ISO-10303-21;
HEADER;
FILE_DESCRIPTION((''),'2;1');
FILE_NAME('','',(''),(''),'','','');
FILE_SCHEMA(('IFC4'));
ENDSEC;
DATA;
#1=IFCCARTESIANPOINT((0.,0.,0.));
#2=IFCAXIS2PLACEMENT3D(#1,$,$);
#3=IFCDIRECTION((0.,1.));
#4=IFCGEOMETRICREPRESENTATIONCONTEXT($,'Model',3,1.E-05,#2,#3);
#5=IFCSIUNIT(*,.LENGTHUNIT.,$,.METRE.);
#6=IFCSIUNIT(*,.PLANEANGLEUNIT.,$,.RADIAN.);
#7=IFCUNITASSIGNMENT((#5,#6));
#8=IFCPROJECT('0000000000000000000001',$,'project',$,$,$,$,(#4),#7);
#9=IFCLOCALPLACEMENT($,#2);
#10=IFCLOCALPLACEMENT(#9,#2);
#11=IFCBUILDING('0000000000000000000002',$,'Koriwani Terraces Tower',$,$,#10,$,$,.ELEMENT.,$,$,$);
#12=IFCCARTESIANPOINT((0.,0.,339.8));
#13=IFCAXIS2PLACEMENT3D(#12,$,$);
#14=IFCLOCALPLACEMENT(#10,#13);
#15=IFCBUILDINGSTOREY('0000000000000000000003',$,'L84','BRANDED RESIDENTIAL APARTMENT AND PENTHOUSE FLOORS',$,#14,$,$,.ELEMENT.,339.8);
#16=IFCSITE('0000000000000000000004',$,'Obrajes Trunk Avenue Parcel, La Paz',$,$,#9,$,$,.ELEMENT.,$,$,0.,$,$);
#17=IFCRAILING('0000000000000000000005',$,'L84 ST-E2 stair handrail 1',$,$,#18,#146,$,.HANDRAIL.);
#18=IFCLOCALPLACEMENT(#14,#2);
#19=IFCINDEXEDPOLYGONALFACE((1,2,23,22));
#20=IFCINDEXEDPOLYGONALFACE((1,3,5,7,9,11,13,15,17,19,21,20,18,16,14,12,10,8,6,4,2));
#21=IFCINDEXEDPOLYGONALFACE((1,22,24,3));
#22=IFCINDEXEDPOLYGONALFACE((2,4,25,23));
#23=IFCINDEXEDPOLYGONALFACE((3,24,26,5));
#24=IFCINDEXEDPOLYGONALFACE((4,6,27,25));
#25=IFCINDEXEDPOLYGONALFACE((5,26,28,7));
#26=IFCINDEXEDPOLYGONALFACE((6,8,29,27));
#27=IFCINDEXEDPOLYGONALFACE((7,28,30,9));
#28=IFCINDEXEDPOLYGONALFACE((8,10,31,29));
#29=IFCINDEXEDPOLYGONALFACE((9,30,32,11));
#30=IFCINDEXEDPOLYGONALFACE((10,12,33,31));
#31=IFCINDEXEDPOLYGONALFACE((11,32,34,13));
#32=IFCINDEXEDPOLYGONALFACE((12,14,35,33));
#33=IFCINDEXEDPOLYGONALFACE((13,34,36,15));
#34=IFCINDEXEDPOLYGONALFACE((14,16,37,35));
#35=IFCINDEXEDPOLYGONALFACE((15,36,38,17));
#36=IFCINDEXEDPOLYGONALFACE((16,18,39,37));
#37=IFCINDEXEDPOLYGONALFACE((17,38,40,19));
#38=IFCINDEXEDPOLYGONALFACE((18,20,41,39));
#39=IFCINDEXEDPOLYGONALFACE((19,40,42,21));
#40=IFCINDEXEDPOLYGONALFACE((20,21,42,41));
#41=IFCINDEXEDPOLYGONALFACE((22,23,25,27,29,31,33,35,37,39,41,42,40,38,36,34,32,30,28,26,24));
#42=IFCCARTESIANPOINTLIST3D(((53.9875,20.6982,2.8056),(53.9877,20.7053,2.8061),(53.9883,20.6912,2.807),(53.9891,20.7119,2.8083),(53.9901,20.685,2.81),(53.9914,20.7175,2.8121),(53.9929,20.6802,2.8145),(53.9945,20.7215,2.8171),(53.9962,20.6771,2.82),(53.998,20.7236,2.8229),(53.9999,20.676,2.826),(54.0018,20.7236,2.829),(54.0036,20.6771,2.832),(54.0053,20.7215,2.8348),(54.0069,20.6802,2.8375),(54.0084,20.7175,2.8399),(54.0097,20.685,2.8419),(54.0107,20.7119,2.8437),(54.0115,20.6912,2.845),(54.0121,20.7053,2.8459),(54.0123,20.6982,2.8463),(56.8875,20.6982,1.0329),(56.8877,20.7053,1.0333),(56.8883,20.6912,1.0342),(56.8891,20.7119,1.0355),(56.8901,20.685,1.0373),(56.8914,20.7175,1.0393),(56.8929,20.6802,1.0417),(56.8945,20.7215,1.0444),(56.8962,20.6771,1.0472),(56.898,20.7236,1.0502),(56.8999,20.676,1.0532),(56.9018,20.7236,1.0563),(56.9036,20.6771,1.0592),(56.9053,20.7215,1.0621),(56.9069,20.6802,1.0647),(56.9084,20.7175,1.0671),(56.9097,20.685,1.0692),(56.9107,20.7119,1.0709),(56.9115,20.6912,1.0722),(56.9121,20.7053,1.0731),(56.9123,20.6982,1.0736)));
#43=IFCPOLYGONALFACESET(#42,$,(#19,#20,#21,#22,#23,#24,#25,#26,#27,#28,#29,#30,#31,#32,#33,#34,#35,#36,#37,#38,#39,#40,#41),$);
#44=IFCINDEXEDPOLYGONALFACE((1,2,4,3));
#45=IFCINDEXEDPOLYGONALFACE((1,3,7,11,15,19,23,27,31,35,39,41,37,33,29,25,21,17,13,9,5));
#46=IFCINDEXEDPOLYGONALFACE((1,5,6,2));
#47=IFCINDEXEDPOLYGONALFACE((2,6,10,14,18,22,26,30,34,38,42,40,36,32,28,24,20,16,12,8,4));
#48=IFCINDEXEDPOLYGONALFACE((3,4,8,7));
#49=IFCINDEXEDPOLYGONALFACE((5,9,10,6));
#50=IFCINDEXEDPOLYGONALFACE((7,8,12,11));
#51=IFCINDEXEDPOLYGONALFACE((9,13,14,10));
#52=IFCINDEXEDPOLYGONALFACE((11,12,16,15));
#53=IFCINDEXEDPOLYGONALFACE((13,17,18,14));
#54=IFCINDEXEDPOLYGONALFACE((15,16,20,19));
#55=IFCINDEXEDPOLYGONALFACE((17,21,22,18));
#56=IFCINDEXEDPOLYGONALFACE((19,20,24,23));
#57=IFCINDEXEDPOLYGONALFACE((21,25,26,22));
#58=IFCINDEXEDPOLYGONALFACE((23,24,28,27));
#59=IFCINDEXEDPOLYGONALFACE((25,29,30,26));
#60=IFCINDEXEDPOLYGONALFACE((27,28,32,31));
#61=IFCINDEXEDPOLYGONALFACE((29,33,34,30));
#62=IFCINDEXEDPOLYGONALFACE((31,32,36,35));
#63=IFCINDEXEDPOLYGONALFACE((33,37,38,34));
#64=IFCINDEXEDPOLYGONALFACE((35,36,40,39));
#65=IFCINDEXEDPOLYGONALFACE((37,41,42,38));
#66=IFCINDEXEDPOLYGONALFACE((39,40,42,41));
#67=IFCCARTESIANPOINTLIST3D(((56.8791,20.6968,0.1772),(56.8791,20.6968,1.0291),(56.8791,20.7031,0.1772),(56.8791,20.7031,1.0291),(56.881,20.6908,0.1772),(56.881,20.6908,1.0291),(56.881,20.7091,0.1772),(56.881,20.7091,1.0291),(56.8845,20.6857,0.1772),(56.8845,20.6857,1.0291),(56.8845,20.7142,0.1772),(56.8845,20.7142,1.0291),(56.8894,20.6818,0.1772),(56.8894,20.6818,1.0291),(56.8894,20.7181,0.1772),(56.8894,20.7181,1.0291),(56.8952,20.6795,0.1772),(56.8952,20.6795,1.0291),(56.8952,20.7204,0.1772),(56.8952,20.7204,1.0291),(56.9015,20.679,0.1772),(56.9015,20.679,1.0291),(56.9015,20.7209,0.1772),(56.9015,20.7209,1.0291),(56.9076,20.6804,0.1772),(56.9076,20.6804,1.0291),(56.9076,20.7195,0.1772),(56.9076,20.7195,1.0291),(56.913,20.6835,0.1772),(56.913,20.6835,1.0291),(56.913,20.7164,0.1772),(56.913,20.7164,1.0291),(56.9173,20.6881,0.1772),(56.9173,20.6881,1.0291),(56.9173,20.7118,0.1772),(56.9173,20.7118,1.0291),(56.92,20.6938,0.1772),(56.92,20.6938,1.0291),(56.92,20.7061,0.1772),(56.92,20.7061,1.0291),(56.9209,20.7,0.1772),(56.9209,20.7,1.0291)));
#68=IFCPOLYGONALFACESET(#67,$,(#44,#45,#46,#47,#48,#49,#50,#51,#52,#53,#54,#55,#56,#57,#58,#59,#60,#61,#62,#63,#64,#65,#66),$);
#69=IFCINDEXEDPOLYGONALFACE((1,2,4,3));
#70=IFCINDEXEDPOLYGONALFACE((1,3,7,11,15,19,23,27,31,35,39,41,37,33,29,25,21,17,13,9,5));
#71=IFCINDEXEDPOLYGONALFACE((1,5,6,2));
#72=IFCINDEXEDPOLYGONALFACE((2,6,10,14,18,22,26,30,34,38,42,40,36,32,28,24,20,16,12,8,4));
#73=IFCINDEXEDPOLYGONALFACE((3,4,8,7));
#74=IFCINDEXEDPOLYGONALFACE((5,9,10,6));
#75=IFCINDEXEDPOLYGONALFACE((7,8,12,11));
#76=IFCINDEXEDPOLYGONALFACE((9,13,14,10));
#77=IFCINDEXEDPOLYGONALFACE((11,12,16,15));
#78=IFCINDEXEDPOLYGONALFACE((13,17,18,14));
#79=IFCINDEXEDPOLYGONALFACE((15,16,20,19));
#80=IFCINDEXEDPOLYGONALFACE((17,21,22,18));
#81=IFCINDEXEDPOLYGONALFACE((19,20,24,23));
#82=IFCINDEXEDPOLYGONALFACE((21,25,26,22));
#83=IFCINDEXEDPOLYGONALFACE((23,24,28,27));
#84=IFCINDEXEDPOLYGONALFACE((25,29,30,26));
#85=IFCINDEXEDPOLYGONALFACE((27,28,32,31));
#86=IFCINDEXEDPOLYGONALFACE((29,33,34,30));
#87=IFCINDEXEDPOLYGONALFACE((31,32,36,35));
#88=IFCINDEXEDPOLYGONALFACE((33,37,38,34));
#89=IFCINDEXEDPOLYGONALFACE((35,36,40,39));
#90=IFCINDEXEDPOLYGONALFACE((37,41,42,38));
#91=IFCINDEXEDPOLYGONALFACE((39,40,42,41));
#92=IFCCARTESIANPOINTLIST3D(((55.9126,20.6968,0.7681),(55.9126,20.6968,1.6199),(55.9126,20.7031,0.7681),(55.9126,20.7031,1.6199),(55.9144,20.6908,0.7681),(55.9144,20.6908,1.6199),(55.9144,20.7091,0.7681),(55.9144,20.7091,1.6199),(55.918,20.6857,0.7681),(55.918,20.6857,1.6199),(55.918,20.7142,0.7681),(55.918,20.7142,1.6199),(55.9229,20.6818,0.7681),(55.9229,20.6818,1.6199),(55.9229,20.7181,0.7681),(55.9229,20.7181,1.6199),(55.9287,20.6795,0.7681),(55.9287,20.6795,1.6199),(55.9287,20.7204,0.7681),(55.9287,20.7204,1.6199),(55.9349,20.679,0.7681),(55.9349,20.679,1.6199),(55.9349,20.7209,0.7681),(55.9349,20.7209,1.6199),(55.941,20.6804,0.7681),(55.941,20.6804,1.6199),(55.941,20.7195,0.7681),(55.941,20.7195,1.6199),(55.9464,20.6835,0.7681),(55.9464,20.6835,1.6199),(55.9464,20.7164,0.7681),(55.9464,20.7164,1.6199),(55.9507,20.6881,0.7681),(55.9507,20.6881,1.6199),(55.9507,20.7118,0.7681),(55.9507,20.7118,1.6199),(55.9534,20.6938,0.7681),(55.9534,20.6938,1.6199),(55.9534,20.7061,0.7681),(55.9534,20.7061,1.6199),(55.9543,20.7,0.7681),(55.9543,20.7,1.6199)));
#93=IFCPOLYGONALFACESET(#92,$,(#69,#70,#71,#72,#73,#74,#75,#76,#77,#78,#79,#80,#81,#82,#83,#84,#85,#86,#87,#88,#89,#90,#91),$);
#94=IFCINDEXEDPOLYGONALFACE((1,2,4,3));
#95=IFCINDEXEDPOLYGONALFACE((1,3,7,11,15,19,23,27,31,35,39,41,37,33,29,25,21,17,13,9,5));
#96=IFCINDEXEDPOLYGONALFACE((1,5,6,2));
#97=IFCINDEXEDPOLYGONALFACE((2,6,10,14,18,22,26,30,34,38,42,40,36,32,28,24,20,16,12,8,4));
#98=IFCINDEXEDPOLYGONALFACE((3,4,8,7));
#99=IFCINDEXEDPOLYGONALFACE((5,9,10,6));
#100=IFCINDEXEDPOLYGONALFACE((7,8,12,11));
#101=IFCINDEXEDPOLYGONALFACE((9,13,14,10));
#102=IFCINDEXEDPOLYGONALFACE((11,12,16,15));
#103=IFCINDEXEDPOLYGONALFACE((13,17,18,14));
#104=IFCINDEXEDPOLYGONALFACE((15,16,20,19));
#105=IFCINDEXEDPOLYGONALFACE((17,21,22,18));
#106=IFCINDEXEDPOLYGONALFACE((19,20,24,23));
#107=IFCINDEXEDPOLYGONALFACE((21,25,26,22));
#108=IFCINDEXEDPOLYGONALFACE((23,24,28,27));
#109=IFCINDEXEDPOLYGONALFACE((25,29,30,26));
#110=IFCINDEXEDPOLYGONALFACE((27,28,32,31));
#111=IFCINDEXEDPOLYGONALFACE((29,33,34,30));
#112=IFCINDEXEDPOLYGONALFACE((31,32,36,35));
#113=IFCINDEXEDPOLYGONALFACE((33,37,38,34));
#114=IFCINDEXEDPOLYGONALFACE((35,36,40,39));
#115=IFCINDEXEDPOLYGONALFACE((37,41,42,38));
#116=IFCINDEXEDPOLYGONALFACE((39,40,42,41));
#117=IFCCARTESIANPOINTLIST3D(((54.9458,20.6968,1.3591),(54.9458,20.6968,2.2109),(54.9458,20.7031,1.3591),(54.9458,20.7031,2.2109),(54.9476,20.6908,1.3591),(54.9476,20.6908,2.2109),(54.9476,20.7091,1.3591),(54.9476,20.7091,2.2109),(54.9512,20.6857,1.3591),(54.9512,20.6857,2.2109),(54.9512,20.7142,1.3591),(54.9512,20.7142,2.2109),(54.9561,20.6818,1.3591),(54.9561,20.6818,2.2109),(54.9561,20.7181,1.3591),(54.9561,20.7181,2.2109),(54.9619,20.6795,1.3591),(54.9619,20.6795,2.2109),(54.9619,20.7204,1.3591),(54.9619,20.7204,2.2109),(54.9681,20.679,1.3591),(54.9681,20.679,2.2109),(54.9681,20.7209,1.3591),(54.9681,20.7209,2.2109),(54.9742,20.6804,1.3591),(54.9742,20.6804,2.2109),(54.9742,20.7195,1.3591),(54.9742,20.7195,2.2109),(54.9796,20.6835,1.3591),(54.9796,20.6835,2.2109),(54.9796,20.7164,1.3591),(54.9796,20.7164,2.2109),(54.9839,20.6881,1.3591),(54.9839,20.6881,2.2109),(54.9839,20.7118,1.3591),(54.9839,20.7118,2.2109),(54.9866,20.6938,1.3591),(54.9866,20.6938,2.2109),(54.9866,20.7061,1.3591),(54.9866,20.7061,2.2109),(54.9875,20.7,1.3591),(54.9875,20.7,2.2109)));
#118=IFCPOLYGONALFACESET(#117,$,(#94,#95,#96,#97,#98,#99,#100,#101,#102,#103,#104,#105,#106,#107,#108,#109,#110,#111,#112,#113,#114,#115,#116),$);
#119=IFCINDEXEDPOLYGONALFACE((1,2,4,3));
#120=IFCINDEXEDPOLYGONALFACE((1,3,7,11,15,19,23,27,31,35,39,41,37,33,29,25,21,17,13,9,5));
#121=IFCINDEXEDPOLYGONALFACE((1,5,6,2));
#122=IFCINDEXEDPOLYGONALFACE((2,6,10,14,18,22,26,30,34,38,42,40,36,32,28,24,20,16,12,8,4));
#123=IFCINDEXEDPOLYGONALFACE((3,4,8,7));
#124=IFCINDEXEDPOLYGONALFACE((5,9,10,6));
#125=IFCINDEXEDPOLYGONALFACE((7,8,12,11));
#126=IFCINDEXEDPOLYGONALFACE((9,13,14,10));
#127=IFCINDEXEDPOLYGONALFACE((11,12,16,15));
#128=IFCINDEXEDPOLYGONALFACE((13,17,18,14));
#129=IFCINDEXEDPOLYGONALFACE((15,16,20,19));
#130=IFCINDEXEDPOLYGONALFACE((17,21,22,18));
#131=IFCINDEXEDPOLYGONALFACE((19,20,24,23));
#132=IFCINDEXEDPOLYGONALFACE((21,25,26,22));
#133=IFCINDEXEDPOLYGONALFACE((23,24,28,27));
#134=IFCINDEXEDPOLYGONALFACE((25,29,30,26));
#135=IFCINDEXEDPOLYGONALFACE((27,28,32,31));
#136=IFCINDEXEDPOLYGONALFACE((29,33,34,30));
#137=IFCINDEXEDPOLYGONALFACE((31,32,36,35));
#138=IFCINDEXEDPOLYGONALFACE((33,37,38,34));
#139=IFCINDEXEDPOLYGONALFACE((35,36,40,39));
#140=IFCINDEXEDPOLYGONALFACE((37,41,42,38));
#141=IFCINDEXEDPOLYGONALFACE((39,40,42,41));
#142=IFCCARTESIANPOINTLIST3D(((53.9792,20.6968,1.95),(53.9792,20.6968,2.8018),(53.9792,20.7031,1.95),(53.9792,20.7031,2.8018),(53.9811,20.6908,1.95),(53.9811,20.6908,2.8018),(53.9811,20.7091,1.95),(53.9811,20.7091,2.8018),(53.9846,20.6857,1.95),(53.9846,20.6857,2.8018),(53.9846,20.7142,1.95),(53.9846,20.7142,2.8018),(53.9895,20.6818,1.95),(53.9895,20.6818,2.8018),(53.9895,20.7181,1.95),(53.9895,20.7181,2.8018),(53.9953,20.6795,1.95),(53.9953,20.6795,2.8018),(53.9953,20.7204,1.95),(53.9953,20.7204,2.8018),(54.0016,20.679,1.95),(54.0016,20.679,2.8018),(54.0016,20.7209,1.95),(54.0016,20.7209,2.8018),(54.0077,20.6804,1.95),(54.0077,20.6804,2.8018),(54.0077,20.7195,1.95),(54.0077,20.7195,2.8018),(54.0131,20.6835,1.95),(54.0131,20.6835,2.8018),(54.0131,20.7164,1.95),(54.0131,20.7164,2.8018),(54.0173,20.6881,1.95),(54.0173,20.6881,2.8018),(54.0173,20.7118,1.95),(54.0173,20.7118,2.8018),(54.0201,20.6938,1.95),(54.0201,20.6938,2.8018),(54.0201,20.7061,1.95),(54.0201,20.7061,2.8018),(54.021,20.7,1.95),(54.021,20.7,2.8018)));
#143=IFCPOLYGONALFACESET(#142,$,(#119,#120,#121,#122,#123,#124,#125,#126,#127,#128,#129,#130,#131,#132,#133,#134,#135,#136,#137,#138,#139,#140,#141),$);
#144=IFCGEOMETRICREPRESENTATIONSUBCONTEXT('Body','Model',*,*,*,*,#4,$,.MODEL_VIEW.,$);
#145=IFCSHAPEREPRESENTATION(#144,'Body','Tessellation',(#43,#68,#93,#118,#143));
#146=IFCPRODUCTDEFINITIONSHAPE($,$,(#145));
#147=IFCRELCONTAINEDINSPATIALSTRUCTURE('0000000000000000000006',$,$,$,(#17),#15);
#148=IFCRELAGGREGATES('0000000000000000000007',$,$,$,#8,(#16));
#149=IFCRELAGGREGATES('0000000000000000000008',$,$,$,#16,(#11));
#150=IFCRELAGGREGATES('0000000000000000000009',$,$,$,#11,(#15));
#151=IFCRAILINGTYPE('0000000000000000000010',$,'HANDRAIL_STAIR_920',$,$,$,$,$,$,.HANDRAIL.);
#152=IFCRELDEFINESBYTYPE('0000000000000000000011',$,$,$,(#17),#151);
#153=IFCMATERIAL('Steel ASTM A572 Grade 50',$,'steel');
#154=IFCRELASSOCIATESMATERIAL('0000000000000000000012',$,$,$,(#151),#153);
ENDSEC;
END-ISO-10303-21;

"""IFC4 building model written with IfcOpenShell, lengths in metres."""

from ifc_helpers import new_model, si_unit, direction, frame, origin, origin_2d, place, context, subcontext, project, spatial, circle, extrude, material, type_object, element, save


model = new_model("IFC4")

# Units and contexts
model_context = context("Model", 3, precision=1e-05, world=origin(), true_north=direction((0.0, 1.0)))
body_context = subcontext(model_context, "Body", "Model", "MODEL_VIEW")
ifc_project = project(units=[si_unit("LENGTHUNIT", "METRE"), si_unit("PLANEANGLEUNIT", "RADIAN")], contexts=[model_context])

# Site, building, storey
site_placement = place(None, origin())
site = spatial("IfcSite", under=ifc_project, at=site_placement, Name="Obrajes Trunk Avenue Parcel, La Paz", CompositionType="ELEMENT", RefElevation=0.0)
building_placement = place(site_placement, origin())
building = spatial("IfcBuilding", under=site, at=building_placement, Name="Koriwani Terraces Tower", CompositionType="ELEMENT")
storey_placement = place(building_placement, frame((0.0, 0.0, 339.8)))
storey = spatial("IfcBuildingStorey", under=building, at=storey_placement, Name="L84", Description="BRANDED RESIDENTIAL APARTMENT AND PENTHOUSE FLOORS", CompositionType="ELEMENT", Elevation=339.8)

# Shared definitions
ifc_material_1 = material(Name="Steel ASTM A572 Grade 50", Category="steel")

# Railing
railing_type_1 = type_object("IfcRailingType", Name="HANDRAIL_STAIR_920", PredefinedType="HANDRAIL", material=ifc_material_1)
railing_1_placement = place(storey_placement, frame((56.8999, 20.7, 0.1772)))
element("IfcRailing", 1, at=railing_1_placement, inside=storey, type_object=railing_type_1, Name="L84 ST-E2 stair handrail 1", PredefinedType="HANDRAIL", context=body_context, shape_type="SweptSolid", body=[
    extrude(circle(Radius=0.0239, at=origin_2d()), frame((0.0, 0.0, 0.876), z_axis=(-0.853211, 0.0, 0.521566), x_axis=(0.0, -1.0, 0.0)), (0.0, 0.0, 1.0), 3.3989),
    extrude(circle(Radius=0.021, at=origin_2d()), origin(), (0.0, 0.0, 1.0), 0.8518),
    extrude(circle(Radius=0.021, at=origin_2d()), frame((-0.9666, 0.0, 0.5908)), (0.0, 0.0, 1.0), 0.8518),
    extrude(circle(Radius=0.021, at=origin_2d()), frame((-1.9333, 0.0, 1.1819)), (0.0, 0.0, 1.0), 0.8518),
    extrude(circle(Radius=0.021, at=origin_2d()), frame((-2.8999, 0.0, 1.7727)), (0.0, 0.0, 1.0), 0.8518),
])

save(model, "model.ifc")
